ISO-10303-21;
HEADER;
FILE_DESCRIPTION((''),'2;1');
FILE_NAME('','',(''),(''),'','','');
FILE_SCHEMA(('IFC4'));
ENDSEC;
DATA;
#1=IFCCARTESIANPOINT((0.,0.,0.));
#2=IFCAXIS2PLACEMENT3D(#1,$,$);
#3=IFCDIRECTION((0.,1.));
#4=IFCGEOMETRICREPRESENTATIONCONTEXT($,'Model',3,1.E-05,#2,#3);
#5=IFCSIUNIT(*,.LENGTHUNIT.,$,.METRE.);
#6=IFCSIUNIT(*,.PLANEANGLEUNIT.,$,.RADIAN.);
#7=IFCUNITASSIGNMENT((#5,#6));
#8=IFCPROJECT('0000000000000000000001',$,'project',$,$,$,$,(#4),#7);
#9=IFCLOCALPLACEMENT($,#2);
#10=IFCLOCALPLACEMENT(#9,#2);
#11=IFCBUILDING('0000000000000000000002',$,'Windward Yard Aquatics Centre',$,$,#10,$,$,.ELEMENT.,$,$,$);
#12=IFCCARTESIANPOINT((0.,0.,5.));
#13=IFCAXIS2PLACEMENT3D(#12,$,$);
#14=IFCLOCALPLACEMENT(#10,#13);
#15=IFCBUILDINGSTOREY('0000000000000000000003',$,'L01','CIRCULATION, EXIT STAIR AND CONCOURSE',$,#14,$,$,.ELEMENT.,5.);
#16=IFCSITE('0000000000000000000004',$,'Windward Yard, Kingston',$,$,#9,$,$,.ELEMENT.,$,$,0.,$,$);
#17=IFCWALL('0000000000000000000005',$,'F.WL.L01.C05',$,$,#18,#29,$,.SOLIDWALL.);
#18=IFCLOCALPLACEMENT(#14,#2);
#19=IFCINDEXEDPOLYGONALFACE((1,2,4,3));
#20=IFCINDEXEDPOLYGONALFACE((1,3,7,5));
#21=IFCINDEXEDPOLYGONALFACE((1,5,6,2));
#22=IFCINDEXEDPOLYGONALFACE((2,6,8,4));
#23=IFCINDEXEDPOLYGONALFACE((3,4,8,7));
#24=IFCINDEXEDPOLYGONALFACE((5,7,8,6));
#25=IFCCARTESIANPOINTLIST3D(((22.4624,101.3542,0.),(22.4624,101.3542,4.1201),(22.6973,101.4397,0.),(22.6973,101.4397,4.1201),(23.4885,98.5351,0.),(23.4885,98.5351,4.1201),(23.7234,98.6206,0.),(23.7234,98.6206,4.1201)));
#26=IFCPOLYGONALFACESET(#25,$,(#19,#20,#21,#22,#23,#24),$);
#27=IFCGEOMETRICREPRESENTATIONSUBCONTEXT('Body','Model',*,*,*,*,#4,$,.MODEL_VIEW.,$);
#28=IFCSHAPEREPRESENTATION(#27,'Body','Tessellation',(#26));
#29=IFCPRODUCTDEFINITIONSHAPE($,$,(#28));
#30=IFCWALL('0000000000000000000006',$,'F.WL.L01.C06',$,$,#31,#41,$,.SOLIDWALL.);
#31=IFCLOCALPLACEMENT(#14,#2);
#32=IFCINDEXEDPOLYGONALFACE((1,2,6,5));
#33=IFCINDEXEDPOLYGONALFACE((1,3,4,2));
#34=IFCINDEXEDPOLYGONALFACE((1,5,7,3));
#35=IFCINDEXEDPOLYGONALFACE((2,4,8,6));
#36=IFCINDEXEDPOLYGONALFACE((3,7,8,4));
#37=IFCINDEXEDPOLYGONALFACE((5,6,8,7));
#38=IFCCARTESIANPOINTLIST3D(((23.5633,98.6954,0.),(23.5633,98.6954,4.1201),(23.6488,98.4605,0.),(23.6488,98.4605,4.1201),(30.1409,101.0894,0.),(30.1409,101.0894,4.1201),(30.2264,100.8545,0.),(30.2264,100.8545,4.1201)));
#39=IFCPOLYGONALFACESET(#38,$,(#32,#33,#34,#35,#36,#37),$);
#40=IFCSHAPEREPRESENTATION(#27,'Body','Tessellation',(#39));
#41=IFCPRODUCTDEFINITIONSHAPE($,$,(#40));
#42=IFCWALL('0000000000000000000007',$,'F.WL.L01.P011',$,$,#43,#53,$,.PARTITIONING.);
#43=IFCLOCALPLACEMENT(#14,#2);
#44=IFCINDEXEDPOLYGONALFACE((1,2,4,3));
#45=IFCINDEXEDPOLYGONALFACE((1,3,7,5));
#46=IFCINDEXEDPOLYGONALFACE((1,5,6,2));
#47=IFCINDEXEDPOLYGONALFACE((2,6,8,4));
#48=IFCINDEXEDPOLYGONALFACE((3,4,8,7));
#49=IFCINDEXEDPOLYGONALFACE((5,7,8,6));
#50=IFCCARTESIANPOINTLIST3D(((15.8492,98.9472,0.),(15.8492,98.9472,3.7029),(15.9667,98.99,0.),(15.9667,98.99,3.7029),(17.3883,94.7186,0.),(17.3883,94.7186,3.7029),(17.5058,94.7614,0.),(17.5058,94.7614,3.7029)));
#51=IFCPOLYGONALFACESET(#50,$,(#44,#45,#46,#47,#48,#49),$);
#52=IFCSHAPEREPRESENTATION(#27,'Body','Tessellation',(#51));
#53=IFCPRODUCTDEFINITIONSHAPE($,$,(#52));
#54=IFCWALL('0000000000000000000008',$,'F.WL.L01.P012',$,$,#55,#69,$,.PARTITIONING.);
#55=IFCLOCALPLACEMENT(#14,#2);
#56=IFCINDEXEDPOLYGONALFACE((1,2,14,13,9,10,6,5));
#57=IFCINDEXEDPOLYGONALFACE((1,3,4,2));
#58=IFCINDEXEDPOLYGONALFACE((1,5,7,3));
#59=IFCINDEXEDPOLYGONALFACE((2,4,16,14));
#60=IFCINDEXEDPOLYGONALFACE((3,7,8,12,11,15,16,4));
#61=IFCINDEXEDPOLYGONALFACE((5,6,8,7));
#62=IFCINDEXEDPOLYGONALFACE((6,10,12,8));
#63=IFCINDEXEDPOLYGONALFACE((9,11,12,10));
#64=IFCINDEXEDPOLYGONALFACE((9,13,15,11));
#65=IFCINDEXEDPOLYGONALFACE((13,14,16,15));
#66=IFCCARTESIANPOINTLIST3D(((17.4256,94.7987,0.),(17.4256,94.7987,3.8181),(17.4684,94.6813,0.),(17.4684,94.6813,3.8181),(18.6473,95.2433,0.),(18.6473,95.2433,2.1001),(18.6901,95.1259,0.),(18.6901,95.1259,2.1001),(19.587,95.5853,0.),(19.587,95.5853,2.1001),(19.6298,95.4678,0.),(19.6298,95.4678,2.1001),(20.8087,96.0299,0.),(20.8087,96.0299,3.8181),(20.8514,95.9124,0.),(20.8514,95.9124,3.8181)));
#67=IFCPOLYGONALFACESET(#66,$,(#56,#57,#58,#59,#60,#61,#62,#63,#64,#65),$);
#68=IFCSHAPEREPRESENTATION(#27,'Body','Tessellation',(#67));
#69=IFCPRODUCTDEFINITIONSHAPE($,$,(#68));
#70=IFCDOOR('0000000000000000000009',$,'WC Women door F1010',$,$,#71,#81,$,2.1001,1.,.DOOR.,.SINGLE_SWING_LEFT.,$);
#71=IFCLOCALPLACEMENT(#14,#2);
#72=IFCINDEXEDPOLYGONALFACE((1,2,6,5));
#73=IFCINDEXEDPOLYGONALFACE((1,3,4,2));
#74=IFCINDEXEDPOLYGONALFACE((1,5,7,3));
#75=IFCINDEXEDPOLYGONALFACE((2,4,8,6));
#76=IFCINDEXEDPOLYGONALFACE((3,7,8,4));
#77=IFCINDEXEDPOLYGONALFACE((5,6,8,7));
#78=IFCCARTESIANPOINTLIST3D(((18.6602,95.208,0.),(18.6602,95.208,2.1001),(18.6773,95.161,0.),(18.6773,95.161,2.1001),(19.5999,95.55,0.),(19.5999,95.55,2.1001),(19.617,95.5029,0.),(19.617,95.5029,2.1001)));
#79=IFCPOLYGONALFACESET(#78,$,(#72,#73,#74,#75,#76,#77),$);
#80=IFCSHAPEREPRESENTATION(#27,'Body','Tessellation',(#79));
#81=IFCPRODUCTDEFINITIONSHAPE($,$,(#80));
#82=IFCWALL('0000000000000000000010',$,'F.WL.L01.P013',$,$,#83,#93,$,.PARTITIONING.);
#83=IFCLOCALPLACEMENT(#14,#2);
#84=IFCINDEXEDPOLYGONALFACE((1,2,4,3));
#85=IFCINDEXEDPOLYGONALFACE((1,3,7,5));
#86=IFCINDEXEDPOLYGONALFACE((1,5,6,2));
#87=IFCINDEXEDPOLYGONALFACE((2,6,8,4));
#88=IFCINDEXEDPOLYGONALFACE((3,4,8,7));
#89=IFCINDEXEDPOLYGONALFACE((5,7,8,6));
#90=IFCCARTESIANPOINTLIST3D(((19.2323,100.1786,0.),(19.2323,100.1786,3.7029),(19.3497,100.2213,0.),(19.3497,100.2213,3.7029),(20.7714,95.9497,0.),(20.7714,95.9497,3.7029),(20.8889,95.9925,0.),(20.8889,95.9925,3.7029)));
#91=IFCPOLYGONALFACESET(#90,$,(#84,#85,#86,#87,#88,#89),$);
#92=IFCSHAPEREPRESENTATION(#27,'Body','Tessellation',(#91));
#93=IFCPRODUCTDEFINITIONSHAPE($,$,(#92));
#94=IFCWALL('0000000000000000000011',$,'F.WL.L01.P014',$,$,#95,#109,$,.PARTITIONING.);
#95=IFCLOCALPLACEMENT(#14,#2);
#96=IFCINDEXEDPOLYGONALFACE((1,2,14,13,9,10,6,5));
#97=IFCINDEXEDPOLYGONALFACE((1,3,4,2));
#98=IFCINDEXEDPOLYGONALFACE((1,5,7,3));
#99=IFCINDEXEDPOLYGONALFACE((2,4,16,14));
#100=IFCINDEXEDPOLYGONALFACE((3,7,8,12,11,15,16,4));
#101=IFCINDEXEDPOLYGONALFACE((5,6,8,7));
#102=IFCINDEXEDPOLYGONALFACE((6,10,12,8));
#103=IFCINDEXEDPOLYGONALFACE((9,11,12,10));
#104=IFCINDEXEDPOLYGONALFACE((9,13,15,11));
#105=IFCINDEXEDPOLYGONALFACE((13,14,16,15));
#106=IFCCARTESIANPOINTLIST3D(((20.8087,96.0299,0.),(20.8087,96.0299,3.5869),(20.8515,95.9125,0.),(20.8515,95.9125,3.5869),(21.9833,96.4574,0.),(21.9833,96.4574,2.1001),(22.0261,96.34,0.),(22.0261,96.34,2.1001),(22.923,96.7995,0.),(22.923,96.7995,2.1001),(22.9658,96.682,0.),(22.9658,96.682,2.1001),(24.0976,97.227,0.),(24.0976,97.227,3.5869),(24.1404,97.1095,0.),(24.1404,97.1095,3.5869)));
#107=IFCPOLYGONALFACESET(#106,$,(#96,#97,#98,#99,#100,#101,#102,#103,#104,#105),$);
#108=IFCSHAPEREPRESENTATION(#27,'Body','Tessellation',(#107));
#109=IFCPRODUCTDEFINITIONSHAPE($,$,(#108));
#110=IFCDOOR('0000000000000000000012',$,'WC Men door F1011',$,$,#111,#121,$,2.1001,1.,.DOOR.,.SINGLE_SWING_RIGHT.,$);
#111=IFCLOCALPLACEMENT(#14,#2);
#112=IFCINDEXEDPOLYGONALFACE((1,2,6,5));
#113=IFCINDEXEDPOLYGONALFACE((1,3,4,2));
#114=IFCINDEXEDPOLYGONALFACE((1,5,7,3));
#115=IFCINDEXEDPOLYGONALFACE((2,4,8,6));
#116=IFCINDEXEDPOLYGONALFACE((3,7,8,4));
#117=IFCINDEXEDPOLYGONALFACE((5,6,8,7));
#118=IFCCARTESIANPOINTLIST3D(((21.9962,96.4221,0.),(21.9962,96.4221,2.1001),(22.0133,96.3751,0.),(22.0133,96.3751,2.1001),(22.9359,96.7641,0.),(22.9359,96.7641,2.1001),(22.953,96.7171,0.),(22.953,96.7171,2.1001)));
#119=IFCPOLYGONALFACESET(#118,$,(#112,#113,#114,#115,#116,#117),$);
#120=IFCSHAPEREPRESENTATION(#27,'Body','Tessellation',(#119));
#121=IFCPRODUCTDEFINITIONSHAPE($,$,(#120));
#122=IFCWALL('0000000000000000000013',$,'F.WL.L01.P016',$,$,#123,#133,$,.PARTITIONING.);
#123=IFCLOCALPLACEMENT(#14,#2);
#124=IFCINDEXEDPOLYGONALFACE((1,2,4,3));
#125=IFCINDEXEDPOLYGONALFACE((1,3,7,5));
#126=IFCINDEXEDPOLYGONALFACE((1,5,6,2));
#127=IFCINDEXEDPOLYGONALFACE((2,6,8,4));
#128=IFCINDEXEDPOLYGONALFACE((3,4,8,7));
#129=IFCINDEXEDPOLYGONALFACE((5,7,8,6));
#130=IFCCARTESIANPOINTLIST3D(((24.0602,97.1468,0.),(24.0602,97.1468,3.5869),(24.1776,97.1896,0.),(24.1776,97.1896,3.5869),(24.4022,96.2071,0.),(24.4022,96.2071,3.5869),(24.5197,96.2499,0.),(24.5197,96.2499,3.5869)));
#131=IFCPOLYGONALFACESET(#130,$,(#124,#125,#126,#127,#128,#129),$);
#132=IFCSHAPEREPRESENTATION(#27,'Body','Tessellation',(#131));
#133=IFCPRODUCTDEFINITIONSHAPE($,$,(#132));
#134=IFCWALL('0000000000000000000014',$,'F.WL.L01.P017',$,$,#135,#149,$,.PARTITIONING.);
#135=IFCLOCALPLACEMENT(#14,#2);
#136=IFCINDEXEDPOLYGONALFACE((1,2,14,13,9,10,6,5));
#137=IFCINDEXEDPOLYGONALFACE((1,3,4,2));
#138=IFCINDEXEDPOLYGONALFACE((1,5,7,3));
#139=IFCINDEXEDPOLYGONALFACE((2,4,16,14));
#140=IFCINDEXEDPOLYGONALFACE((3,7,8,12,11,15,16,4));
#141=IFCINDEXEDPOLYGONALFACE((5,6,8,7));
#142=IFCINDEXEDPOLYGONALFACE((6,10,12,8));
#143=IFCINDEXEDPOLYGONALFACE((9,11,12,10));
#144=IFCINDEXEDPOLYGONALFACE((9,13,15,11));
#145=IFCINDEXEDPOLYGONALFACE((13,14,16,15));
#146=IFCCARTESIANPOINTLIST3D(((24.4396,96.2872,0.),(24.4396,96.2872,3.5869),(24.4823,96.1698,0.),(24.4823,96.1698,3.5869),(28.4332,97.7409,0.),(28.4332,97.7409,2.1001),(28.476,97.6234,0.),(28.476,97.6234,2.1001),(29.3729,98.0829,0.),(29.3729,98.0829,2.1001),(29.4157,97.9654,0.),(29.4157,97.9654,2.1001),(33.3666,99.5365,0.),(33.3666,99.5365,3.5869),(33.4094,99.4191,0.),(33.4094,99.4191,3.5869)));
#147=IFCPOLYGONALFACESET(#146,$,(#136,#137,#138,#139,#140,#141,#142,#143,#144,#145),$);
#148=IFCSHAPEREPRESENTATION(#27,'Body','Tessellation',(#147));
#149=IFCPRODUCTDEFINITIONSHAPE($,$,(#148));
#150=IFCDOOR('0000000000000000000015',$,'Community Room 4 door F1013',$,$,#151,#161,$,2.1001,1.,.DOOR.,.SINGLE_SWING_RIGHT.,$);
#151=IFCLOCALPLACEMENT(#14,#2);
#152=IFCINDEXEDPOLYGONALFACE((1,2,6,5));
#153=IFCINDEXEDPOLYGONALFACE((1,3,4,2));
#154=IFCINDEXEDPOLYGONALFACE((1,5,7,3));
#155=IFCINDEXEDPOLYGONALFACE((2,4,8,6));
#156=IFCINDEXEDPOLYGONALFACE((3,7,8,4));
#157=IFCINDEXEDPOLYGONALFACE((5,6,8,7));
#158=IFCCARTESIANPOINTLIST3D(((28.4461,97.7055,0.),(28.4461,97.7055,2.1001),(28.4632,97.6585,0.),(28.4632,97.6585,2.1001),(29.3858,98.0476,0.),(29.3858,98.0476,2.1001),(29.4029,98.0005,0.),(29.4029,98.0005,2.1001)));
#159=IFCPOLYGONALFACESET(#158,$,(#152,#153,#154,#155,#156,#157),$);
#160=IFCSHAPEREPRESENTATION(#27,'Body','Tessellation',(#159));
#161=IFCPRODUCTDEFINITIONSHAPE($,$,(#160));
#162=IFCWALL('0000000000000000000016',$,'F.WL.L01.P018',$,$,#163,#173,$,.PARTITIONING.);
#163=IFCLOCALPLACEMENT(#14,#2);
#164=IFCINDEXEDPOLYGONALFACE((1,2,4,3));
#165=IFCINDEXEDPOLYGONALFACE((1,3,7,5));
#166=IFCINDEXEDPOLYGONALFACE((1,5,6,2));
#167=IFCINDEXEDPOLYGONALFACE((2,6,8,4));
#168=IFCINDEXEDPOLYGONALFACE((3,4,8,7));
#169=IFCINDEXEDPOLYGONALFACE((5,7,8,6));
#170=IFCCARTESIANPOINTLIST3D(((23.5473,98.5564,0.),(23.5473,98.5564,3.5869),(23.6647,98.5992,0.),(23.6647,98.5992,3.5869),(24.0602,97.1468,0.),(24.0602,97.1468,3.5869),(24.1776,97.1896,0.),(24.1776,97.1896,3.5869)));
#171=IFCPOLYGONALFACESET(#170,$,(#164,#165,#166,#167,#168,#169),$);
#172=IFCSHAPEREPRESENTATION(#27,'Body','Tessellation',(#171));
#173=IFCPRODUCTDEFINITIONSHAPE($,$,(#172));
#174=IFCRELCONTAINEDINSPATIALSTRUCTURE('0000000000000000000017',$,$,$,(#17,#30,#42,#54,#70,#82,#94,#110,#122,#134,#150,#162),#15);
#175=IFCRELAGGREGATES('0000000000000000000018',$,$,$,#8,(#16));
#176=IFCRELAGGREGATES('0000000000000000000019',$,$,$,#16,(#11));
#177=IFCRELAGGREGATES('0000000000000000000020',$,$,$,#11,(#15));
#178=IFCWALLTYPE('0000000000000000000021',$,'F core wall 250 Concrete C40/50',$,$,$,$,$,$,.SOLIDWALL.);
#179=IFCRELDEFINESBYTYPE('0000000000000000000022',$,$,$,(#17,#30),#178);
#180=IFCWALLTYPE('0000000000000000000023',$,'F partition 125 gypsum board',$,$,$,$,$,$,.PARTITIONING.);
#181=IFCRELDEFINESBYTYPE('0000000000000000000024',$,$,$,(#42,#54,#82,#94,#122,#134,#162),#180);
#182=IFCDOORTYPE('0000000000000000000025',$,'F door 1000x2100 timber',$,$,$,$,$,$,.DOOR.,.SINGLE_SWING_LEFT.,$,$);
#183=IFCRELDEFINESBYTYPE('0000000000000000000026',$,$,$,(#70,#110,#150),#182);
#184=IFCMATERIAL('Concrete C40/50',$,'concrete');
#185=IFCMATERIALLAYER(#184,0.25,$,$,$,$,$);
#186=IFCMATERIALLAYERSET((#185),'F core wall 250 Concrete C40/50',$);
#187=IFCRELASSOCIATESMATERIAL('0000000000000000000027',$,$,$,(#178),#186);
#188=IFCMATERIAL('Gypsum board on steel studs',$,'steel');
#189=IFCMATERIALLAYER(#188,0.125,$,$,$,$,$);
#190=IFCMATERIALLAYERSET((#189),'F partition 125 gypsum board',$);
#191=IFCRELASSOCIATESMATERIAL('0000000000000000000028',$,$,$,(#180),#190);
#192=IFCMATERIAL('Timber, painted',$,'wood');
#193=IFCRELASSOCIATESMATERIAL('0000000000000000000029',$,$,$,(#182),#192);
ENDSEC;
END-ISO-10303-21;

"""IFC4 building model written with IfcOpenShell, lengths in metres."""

from ifc_helpers import new_model, si_unit, direction, frame, frame_2d, origin, place, context, subcontext, project, spatial, rectangle, extrude, material, layer, layer_set, type_object, element, fill, save


model = new_model("IFC4")

# Units and contexts
model_context = context("Model", 3, precision=1e-05, world=origin(), true_north=direction((0.0, 1.0)))
body_context = subcontext(model_context, "Body", "Model", "MODEL_VIEW")
ifc_project = project(units=[si_unit("LENGTHUNIT", "METRE"), si_unit("PLANEANGLEUNIT", "RADIAN")], contexts=[model_context])

# Site, building, storey
site_placement = place(None, origin())
site = spatial("IfcSite", under=ifc_project, at=site_placement, Name="Windward Yard, Kingston", CompositionType="ELEMENT", RefElevation=0.0)
building_placement = place(site_placement, origin())
building = spatial("IfcBuilding", under=site, at=building_placement, Name="Windward Yard Aquatics Centre", CompositionType="ELEMENT")
storey_placement = place(building_placement, frame((0.0, 0.0, 5.0)))
storey = spatial("IfcBuildingStorey", under=building, at=storey_placement, Name="L01", Description="CIRCULATION, EXIT STAIR AND CONCOURSE", CompositionType="ELEMENT", Elevation=5.0)

# Shared definitions
ifc_material_1 = material(Name="Concrete C40/50", Category="concrete")

# Walls
ifc_layer_1 = layer(ifc_material_1, 0.25)
ifc_layer_set_1 = layer_set([ifc_layer_1], Name="F core wall 250 Concrete C40/50")
wall_type_1 = type_object("IfcWallType", Name="F core wall 250 Concrete C40/50", PredefinedType="SOLIDWALL", material=ifc_layer_set_1)
wall_1_placement = place(storey_placement, frame((23.606, 98.5779, 0.0), z_axis=(0.0, 0.0, 1.0), x_axis=(-0.342037, 0.939686, 0.0)))
element("IfcWall", 1, at=wall_1_placement, inside=storey, type_object=wall_type_1, Name="F.WL.L01.C05", PredefinedType="SOLIDWALL", context=body_context, shape_type="SweptSolid", body=[
    extrude(rectangle(XDim=3.0, YDim=0.25, at=frame_2d((1.5, 0.0))), origin(), (0.0, 0.0, 1.0), 4.1201),
])
wall_2_placement = place(storey_placement, frame((23.606, 98.5779, 0.0), z_axis=(0.0, 0.0, 1.0), x_axis=(0.939694, 0.342017, 0.0)))
element("IfcWall", 2, at=wall_2_placement, inside=storey, type_object=wall_type_1, Name="F.WL.L01.C06", PredefinedType="SOLIDWALL", context=body_context, shape_type="SweptSolid", body=[
    extrude(rectangle(XDim=6.9998, YDim=0.25, at=frame_2d((3.5, 0.0))), origin(), (0.0, 0.0, 1.0), 4.1201),
])
ifc_material_2 = material(Name="Gypsum board on steel studs", Category="steel")
ifc_layer_2 = layer(ifc_material_2, 0.125)
ifc_layer_set_2 = layer_set([ifc_layer_2], Name="F partition 125 gypsum board")
wall_type_2 = type_object("IfcWallType", Name="F partition 125 gypsum board", PredefinedType="PARTITIONING", material=ifc_layer_set_2)
wall_3_placement = place(storey_placement, frame((17.447, 94.74, 0.0), z_axis=(0.0, 0.0, 1.0), x_axis=(-0.342022, 0.939692, 0.0)))
element("IfcWall", 3, at=wall_3_placement, inside=storey, type_object=wall_type_2, Name="F.WL.L01.P011", PredefinedType="PARTITIONING", context=body_context, shape_type="SweptSolid", body=[
    extrude(rectangle(XDim=4.5, YDim=0.125, at=frame_2d((2.25, 0.0))), origin(), (0.0, 0.0, 1.0), 3.7029),
])

# Wall, opening, door
wall_4_placement = place(storey_placement, frame((17.447, 94.74, 0.0), z_axis=(0.0, 0.0, 1.0), x_axis=(0.939704, 0.341988, 0.0)))
wall_4 = element("IfcWall", 4, at=wall_4_placement, inside=storey, type_object=wall_type_2, Name="F.WL.L01.P012", PredefinedType="PARTITIONING", context=body_context, shape_type="SweptSolid", body=[
    extrude(rectangle(XDim=3.6001, YDim=0.125, at=frame_2d((1.8, 0.0))), origin(), (0.0, 0.0, 1.0), 3.8181),
])
opening_1_placement = place(wall_4_placement, frame((1.3, 0.0, 0.0)))
opening_1 = element("IfcOpeningElement", 5, at=opening_1_placement, cuts=wall_4, PredefinedType="OPENING", context=body_context, shape_type="SweptSolid", body=[
    extrude(rectangle(XDim=1.0, YDim=2.1001, at=frame_2d((0.5, 1.05))), frame((0.0, 0.0725, 0.0), z_axis=(0.0, -1.0, 0.0), x_axis=(1.0, 0.0, 0.0)), (0.0, 0.0, 1.0), 0.145),
])
ifc_material_3 = material(Name="Timber, painted", Category="wood")
door_type = type_object("IfcDoorType", Name="F door 1000x2100 timber", OperationType="SINGLE_SWING_LEFT", PredefinedType="DOOR", material=ifc_material_3)
door_1_placement = place(opening_1_placement, origin())
door_1 = element("IfcDoor", 6, at=door_1_placement, inside=storey, type_object=door_type, Name="WC Women door F1010", OperationType="SINGLE_SWING_LEFT", OverallHeight=2.1001, OverallWidth=1.0, PredefinedType="DOOR", context=body_context, shape_type="SweptSolid", body=[
    extrude(rectangle(XDim=1.0, YDim=2.1001, at=frame_2d((0.5, 1.05))), frame((0.0, 0.0249, 0.0), z_axis=(0.0, -1.0, 0.0), x_axis=(1.0, 0.0, 0.0)), (0.0, 0.0, 1.0), 0.05),
])
fill(opening_1, door_1)

# Wall
wall_5_placement = place(storey_placement, frame((20.8301, 95.9712, 0.0), z_axis=(0.0, 0.0, 1.0), x_axis=(-0.342004, 0.939698, 0.0)))
element("IfcWall", 7, at=wall_5_placement, inside=storey, type_object=wall_type_2, Name="F.WL.L01.P013", PredefinedType="PARTITIONING", context=body_context, shape_type="SweptSolid", body=[
    extrude(rectangle(XDim=4.5002, YDim=0.125, at=frame_2d((2.25, 0.0))), origin(), (0.0, 0.0, 1.0), 3.7029),
])

# Wall, opening, door
wall_6_placement = place(storey_placement, frame((20.8301, 95.9712, 0.0), z_axis=(0.0, 0.0, 1.0), x_axis=(0.939694, 0.342017, 0.0)))
wall_6 = element("IfcWall", 8, at=wall_6_placement, inside=storey, type_object=wall_type_2, Name="F.WL.L01.P014", PredefinedType="PARTITIONING", context=body_context, shape_type="SweptSolid", body=[
    extrude(rectangle(XDim=3.5, YDim=0.125, at=frame_2d((1.75, 0.0))), origin(), (0.0, 0.0, 1.0), 3.5869),
])
opening_2_placement = place(wall_6_placement, frame((1.25, 0.0, 0.0)))
opening_2 = element("IfcOpeningElement", 9, at=opening_2_placement, cuts=wall_6, PredefinedType="OPENING", context=body_context, shape_type="SweptSolid", body=[
    extrude(rectangle(XDim=1.0, YDim=2.1001, at=frame_2d((0.5, 1.05))), frame((0.0, 0.0725, 0.0), z_axis=(0.0, -1.0, 0.0), x_axis=(1.0, 0.0, 0.0)), (0.0, 0.0, 1.0), 0.145),
])
door_2_placement = place(opening_2_placement, origin())
door_2 = element("IfcDoor", 10, at=door_2_placement, inside=storey, type_object=door_type, Name="WC Men door F1011", OperationType="SINGLE_SWING_RIGHT", OverallHeight=2.1001, OverallWidth=1.0, PredefinedType="DOOR", context=body_context, shape_type="SweptSolid", body=[
    extrude(rectangle(XDim=1.0, YDim=2.1001, at=frame_2d((0.5, 1.05))), frame((0.0, 0.0249, 0.0), z_axis=(0.0, -1.0, 0.0), x_axis=(1.0, 0.0, 0.0)), (0.0, 0.0, 1.0), 0.05),
])
fill(opening_2, door_2)

# Wall
wall_7_placement = place(storey_placement, frame((24.4609, 96.2285, 0.0), z_axis=(0.0, 0.0, 1.0), x_axis=(-0.342037, 0.939686, 0.0)))
element("IfcWall", 11, at=wall_7_placement, inside=storey, type_object=wall_type_2, Name="F.WL.L01.P016", PredefinedType="PARTITIONING", context=body_context, shape_type="SweptSolid", body=[
    extrude(rectangle(XDim=1.0, YDim=0.125, at=frame_2d((0.5, 0.0))), origin(), (0.0, 0.0, 1.0), 3.5869),
])

# Wall, opening, door
wall_8_placement = place(storey_placement, frame((24.4609, 96.2285, 0.0), z_axis=(0.0, 0.0, 1.0), x_axis=(0.939689, 0.34203, 0.0)))
wall_8 = element("IfcWall", 12, at=wall_8_placement, inside=storey, type_object=wall_type_2, Name="F.WL.L01.P017", PredefinedType="PARTITIONING", context=body_context, shape_type="SweptSolid", body=[
    extrude(rectangle(XDim=9.5, YDim=0.125, at=frame_2d((4.75, 0.0))), origin(), (0.0, 0.0, 1.0), 3.5869),
])
opening_3_placement = place(wall_8_placement, frame((4.25, 0.0, 0.0)))
opening_3 = element("IfcOpeningElement", 13, at=opening_3_placement, cuts=wall_8, PredefinedType="OPENING", context=body_context, shape_type="SweptSolid", body=[
    extrude(rectangle(XDim=1.0, YDim=2.1001, at=frame_2d((0.5, 1.05))), frame((0.0, 0.0725, 0.0), z_axis=(0.0, -1.0, 0.0), x_axis=(1.0, 0.0, 0.0)), (0.0, 0.0, 1.0), 0.145),
])
door_3_placement = place(opening_3_placement, origin())
door_3 = element("IfcDoor", 14, at=door_3_placement, inside=storey, type_object=door_type, Name="Community Room 4 door F1013", OperationType="SINGLE_SWING_RIGHT", OverallHeight=2.1001, OverallWidth=1.0, PredefinedType="DOOR", context=body_context, shape_type="SweptSolid", body=[
    extrude(rectangle(XDim=1.0, YDim=2.1001, at=frame_2d((0.5, 1.05))), frame((0.0, 0.0249, 0.0), z_axis=(0.0, -1.0, 0.0), x_axis=(1.0, 0.0, 0.0)), (0.0, 0.0, 1.0), 0.05),
])
fill(opening_3, door_3)

# Wall
wall_9_placement = place(storey_placement, frame((24.1189, 97.1682, 0.0), z_axis=(0.0, 0.0, 1.0), x_axis=(-0.341939, 0.939722, 0.0)))
element("IfcWall", 15, at=wall_9_placement, inside=storey, type_object=wall_type_2, Name="F.WL.L01.P018", PredefinedType="PARTITIONING", context=body_context, shape_type="SweptSolid", body=[
    extrude(rectangle(XDim=1.5, YDim=0.125, at=frame_2d((0.75, 0.0))), origin(), (0.0, 0.0, 1.0), 3.5869),
])

save(model, "model.ifc")
